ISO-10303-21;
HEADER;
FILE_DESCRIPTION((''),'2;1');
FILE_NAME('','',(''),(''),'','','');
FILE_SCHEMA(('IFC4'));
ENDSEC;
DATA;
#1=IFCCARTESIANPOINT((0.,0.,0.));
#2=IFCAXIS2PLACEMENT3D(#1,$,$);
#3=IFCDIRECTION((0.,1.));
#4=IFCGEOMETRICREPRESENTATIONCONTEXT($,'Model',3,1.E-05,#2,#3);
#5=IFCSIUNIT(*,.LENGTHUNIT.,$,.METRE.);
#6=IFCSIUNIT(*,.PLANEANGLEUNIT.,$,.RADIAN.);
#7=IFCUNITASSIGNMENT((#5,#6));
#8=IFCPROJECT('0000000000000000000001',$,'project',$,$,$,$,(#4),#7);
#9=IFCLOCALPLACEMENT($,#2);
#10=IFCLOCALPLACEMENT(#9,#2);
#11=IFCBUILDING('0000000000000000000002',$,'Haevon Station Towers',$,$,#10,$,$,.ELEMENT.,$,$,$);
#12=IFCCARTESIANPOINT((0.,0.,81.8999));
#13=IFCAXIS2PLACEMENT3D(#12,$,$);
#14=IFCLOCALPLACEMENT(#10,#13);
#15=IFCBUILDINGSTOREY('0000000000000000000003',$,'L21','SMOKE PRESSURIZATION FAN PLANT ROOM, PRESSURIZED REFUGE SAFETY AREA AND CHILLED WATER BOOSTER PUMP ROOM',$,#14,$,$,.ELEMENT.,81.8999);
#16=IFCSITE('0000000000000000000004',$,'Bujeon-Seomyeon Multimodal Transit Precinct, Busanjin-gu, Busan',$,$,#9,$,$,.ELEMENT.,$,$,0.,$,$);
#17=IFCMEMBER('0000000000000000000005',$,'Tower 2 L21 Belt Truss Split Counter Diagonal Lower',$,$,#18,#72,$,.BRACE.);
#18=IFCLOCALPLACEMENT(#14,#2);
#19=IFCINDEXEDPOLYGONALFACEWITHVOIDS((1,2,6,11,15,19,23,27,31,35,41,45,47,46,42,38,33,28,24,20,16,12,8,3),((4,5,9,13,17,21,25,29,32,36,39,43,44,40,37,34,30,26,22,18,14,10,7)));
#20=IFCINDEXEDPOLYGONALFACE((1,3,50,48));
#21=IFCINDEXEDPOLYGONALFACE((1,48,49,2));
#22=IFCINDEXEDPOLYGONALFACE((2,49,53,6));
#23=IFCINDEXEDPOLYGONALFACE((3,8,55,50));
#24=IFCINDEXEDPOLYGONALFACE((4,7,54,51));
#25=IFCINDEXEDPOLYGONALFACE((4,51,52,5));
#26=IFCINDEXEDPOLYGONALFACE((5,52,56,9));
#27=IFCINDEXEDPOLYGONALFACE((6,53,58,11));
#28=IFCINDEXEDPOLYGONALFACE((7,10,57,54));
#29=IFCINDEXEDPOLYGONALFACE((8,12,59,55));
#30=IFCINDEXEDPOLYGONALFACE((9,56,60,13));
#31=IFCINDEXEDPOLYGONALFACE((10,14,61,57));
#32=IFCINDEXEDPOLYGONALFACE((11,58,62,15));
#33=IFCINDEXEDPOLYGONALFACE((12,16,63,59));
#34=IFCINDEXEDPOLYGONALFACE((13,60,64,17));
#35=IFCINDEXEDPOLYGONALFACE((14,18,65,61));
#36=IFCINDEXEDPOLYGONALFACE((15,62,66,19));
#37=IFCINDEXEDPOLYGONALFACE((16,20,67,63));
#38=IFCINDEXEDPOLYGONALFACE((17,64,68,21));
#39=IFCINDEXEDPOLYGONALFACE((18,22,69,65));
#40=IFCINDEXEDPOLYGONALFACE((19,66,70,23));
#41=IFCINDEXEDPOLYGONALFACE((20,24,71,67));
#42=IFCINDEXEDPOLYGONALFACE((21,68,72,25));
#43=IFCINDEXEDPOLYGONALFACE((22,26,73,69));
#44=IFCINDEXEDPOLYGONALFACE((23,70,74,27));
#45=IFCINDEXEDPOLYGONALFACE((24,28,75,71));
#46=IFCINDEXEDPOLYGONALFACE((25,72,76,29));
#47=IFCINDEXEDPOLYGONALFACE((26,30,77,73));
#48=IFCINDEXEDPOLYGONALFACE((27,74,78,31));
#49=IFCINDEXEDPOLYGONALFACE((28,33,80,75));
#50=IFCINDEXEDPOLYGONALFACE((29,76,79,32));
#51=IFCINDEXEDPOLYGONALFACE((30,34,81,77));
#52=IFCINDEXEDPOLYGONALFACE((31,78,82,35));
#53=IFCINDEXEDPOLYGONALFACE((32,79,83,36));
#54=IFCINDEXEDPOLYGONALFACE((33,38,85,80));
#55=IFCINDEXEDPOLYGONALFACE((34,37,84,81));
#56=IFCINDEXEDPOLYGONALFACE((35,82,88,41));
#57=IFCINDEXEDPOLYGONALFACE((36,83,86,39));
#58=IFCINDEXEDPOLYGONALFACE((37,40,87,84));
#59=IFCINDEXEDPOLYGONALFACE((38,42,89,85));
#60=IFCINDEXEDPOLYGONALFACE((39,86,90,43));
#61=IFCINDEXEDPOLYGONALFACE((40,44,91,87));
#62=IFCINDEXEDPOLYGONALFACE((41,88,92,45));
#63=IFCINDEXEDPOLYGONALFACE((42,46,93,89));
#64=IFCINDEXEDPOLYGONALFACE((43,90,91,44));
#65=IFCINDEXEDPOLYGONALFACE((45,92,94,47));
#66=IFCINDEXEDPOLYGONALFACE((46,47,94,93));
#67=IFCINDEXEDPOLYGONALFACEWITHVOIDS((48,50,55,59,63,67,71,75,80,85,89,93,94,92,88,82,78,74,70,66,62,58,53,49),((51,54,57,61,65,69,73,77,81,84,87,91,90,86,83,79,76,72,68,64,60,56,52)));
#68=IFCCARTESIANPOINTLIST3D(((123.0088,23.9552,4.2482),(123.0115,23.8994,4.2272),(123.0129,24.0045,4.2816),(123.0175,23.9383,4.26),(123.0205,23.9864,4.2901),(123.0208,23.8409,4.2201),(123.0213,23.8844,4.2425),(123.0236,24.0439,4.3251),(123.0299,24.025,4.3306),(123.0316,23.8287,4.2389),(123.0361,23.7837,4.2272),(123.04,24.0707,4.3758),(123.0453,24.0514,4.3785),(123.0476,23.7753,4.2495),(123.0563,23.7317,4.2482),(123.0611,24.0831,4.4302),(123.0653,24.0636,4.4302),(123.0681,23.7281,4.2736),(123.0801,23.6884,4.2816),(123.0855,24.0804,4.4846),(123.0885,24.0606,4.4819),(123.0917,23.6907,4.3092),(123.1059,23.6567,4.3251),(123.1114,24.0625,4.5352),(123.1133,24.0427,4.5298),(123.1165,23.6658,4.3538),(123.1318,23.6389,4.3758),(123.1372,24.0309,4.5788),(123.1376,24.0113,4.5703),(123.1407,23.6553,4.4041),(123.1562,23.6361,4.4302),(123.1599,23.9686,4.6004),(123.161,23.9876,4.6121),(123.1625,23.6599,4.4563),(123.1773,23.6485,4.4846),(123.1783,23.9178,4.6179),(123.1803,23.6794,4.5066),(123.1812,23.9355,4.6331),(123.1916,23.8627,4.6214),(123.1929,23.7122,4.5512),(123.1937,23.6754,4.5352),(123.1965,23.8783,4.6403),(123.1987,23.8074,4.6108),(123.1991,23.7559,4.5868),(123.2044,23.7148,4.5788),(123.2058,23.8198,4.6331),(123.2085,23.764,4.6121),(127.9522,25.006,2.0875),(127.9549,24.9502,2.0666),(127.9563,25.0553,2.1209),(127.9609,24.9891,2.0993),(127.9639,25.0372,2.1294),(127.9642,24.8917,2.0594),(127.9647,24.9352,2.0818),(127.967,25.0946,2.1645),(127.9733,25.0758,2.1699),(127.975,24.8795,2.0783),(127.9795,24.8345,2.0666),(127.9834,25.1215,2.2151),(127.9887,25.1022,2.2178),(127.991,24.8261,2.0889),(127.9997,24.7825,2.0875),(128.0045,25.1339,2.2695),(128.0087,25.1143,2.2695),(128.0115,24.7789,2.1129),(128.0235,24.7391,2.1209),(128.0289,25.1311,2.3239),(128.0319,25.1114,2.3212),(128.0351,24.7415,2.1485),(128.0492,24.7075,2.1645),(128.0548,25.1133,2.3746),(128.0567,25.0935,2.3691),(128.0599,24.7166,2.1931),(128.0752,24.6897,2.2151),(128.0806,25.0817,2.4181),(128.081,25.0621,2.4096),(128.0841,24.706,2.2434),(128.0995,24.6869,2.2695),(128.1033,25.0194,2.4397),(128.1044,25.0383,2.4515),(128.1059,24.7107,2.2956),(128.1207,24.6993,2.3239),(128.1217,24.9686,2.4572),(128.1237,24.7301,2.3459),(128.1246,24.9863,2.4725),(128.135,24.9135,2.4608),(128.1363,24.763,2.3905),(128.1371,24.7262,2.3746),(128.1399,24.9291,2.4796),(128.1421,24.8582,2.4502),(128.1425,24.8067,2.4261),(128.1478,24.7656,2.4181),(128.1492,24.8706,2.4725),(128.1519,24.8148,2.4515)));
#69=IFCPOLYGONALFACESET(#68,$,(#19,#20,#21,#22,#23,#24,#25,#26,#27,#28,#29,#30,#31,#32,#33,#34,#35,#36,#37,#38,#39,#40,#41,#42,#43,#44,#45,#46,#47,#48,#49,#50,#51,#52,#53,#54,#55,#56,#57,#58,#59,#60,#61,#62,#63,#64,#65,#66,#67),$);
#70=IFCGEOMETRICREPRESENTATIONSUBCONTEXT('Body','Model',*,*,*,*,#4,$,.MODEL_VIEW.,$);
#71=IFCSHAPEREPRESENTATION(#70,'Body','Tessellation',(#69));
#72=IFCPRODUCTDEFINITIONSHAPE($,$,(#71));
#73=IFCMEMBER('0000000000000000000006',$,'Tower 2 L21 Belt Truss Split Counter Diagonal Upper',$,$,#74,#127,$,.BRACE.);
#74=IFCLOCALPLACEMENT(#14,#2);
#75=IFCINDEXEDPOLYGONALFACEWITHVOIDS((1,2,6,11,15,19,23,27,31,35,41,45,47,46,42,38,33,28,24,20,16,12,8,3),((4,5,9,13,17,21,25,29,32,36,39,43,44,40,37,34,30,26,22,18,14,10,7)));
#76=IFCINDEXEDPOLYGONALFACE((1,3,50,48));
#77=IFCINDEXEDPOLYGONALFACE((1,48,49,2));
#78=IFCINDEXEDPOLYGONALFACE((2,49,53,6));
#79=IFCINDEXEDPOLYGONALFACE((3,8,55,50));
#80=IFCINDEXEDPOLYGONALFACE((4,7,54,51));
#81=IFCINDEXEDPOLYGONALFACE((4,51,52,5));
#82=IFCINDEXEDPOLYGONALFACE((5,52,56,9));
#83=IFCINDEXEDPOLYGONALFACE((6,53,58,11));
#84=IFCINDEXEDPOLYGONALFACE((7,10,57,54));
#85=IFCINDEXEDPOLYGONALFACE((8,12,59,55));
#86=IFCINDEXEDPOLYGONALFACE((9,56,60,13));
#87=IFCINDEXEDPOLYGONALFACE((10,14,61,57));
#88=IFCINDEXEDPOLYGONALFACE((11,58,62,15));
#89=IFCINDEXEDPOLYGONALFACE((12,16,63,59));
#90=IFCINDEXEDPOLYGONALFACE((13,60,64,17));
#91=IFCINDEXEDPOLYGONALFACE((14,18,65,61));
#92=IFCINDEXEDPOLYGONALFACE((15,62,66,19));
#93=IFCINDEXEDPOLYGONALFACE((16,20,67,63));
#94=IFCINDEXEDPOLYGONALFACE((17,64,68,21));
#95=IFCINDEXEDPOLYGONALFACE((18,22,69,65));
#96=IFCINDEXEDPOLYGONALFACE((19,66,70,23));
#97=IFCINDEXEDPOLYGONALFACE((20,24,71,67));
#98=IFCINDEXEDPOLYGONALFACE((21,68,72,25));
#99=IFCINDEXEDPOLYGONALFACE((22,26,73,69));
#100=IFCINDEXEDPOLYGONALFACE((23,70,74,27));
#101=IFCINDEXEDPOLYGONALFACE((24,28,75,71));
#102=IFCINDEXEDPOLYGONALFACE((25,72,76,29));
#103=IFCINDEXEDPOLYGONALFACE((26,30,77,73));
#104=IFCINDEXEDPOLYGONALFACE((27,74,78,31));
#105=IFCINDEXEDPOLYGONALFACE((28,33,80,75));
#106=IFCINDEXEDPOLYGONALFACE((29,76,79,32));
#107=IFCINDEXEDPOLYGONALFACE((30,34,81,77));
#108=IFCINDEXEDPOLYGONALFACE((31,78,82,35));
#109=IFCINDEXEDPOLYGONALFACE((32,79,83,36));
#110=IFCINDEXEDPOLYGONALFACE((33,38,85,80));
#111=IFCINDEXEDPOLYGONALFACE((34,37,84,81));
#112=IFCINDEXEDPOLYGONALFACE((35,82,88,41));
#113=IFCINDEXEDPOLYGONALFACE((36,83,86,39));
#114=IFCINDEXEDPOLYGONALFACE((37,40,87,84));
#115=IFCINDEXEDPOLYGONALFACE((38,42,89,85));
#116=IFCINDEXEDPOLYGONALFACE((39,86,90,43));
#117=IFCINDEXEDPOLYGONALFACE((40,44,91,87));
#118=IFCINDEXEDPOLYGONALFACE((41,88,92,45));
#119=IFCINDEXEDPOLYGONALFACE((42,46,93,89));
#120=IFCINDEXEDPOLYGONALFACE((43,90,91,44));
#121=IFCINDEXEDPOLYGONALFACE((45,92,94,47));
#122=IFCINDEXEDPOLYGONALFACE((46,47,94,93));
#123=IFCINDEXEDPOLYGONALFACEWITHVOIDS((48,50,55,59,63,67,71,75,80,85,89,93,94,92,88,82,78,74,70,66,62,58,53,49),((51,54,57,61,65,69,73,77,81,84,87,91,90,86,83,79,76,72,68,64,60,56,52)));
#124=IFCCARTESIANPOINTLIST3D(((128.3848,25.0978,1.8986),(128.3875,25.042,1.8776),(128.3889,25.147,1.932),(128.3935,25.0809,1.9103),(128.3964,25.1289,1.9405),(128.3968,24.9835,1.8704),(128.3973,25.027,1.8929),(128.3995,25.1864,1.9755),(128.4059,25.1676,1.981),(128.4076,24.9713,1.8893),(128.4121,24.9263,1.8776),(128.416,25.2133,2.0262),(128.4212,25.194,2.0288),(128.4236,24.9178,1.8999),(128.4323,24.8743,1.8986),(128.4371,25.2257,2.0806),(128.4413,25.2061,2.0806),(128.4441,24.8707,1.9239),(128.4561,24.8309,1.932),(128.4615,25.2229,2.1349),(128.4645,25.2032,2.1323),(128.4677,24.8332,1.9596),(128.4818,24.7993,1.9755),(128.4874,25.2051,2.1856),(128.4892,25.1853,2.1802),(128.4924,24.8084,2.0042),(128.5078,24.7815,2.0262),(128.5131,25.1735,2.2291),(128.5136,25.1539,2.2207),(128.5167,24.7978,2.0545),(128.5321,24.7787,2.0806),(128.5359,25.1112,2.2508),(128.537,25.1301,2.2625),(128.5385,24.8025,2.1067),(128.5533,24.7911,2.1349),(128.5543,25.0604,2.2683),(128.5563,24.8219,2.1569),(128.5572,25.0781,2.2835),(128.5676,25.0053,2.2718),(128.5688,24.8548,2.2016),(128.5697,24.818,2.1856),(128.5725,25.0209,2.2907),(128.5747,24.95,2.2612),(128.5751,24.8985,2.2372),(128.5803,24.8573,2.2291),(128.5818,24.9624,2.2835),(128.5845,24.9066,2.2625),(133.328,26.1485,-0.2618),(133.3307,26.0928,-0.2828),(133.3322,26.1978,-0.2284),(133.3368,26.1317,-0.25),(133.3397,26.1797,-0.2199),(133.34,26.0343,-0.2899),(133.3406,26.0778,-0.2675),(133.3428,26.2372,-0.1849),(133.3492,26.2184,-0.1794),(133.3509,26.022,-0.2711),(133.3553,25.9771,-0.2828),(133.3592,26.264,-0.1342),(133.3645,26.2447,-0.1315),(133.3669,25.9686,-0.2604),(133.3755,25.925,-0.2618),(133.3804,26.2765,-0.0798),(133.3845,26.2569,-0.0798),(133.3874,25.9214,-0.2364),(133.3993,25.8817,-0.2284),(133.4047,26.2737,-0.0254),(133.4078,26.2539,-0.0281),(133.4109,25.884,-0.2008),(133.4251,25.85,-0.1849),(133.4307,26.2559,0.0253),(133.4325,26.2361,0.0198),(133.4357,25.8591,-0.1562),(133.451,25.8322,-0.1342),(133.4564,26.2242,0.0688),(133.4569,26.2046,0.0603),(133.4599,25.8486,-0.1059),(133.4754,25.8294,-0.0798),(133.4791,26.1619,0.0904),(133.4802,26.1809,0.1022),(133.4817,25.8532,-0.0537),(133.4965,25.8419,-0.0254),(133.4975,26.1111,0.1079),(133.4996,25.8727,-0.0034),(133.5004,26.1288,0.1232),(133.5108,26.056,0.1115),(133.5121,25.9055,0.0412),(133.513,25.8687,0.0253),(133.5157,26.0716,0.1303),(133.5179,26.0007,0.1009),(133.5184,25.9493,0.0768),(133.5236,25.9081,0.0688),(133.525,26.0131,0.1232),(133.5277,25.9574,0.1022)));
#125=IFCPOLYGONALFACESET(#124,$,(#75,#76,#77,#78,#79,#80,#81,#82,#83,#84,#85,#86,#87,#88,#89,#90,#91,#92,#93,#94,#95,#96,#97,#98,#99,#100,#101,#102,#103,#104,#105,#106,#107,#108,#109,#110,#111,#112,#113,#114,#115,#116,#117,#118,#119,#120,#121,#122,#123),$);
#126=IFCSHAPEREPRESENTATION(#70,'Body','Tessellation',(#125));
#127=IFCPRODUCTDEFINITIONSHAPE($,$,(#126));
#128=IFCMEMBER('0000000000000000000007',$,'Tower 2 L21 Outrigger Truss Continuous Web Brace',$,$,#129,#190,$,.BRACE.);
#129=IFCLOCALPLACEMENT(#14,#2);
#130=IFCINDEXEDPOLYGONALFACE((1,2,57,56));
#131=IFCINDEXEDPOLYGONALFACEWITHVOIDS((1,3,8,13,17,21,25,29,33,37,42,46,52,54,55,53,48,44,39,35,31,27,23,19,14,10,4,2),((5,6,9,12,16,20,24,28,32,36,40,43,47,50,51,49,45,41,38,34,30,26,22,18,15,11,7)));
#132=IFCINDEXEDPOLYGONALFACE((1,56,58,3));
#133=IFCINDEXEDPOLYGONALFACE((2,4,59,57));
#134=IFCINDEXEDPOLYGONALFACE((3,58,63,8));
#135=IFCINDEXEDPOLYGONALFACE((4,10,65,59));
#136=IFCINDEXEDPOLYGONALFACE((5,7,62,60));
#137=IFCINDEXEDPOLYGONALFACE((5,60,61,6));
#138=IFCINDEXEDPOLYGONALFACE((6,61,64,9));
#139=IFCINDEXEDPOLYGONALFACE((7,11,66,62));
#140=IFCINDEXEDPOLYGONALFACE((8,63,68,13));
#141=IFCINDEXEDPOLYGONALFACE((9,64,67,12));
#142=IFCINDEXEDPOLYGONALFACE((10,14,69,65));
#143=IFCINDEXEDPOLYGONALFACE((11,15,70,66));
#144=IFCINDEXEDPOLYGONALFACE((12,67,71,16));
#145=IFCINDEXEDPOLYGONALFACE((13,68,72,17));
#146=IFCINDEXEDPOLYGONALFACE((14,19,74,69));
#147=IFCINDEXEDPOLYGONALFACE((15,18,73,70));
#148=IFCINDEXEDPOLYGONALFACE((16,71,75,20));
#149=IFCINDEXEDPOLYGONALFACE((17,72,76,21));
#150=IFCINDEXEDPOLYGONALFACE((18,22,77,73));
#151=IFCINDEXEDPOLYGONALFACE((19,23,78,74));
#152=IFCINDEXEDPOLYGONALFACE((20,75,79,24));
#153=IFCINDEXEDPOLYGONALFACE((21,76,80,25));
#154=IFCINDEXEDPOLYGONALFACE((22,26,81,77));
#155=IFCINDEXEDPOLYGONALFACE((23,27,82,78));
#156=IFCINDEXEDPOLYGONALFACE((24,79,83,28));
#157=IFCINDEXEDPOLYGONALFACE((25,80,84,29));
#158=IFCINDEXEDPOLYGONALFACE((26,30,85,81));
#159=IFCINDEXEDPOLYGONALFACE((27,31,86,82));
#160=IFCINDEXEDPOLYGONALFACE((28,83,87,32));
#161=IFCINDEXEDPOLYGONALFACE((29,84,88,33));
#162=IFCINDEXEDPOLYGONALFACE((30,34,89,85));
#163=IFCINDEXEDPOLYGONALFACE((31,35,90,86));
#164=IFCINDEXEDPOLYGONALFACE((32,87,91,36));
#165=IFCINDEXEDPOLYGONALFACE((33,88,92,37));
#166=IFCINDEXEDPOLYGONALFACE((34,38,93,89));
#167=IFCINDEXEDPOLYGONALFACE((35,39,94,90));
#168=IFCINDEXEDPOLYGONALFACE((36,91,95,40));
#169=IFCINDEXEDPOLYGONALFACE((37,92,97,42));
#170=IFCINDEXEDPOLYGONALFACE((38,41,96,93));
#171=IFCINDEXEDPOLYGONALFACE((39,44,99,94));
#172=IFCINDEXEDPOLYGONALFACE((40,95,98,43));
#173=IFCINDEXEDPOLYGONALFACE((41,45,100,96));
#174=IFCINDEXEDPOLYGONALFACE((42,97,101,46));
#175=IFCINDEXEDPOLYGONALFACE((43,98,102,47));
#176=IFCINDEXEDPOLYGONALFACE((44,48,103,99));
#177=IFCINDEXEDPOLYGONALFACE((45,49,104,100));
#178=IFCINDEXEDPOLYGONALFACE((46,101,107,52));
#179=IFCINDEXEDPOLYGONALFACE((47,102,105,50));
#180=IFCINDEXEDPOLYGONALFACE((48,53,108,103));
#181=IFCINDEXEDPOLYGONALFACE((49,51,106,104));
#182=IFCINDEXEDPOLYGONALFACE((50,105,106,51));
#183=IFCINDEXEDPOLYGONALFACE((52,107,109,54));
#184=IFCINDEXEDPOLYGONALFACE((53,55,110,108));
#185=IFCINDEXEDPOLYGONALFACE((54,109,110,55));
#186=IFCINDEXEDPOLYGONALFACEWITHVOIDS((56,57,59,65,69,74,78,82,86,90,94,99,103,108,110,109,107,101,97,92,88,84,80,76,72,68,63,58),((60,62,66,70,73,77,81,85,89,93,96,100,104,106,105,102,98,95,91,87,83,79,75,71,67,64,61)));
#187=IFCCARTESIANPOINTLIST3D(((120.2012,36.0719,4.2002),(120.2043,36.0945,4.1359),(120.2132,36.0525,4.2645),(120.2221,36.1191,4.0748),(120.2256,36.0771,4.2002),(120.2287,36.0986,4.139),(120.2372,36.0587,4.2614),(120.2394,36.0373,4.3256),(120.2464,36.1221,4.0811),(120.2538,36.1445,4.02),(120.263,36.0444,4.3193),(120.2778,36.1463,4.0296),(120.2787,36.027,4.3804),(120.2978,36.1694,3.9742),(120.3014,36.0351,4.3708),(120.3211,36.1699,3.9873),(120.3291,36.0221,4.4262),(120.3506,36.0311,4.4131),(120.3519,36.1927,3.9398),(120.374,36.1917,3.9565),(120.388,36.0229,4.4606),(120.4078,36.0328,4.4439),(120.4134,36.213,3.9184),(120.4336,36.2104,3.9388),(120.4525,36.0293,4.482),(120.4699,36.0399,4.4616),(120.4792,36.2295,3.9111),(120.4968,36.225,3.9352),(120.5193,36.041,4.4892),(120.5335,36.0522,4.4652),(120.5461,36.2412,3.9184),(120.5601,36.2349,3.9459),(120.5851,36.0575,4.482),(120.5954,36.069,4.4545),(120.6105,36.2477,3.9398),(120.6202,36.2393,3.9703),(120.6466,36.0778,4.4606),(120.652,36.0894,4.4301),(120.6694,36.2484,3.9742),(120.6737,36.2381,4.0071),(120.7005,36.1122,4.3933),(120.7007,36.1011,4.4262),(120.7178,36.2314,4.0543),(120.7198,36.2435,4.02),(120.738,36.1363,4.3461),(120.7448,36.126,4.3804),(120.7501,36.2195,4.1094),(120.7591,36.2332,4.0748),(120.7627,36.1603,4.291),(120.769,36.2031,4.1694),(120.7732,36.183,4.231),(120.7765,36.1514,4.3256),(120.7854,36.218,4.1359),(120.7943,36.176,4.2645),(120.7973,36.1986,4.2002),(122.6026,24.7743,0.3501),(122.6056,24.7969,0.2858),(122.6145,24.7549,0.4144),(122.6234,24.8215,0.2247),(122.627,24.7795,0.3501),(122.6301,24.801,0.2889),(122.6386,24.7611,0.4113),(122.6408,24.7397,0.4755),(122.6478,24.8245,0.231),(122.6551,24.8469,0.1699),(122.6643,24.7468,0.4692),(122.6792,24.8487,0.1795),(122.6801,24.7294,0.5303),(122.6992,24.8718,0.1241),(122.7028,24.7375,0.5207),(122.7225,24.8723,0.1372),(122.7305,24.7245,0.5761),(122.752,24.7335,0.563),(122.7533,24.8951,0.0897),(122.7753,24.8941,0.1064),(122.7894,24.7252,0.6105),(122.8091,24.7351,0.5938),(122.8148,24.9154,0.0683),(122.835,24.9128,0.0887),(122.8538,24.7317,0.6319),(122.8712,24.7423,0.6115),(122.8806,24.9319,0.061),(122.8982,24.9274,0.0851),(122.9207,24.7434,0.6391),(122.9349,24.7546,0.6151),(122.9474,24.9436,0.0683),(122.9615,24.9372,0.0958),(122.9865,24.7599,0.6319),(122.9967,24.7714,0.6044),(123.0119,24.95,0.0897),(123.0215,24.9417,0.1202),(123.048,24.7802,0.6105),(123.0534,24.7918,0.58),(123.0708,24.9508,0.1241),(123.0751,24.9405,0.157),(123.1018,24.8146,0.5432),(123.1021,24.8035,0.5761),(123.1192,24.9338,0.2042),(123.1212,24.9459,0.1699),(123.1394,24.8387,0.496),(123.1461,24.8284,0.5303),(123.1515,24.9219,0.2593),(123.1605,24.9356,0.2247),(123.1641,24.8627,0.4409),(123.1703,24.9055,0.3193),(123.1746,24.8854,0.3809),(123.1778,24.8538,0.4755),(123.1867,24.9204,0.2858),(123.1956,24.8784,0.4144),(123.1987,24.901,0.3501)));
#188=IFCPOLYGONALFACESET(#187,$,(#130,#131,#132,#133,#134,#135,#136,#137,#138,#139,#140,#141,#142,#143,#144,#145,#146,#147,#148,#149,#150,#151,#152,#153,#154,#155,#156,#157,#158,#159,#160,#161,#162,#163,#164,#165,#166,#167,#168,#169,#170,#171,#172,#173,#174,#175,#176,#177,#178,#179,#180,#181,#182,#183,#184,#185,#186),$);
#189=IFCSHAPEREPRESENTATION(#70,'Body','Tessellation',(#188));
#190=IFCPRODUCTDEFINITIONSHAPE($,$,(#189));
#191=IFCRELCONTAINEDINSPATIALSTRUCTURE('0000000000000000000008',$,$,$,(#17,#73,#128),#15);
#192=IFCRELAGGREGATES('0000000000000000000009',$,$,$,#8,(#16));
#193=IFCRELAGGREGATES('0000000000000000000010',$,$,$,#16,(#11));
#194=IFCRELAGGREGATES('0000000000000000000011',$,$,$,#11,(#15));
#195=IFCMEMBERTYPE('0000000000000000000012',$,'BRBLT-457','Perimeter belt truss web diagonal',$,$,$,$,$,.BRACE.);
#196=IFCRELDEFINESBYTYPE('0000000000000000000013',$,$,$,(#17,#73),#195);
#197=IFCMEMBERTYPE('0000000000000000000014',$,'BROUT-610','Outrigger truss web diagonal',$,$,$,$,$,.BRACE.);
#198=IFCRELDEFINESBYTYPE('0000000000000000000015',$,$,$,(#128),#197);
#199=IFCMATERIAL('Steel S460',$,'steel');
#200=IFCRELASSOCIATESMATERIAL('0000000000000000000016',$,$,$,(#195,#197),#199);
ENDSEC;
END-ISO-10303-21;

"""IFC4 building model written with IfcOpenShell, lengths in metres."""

from ifc_helpers import new_model, si_unit, direction, frame, origin, origin_2d, place, context, subcontext, project, spatial, hollow_circle, extrude, material, material_profile, profile_set, type_object, element, save


model = new_model("IFC4")

# Units and contexts
model_context = context("Model", 3, precision=1e-05, world=origin(), true_north=direction((0.0, 1.0)))
body_context = subcontext(model_context, "Body", "Model", "MODEL_VIEW")
ifc_project = project(units=[si_unit("LENGTHUNIT", "METRE"), si_unit("PLANEANGLEUNIT", "RADIAN")], contexts=[model_context])

# Site, building, storey
site_placement = place(None, origin())
site = spatial("IfcSite", under=ifc_project, at=site_placement, Name="Bujeon-Seomyeon Multimodal Transit Precinct, Busanjin-gu, Busan", CompositionType="ELEMENT", RefElevation=0.0)
building_placement = place(site_placement, origin())
building = spatial("IfcBuilding", under=site, at=building_placement, Name="Haevon Station Towers", CompositionType="ELEMENT")
storey_placement = place(building_placement, frame((0.0, 0.0, 81.8999)))
storey = spatial("IfcBuildingStorey", under=building, at=storey_placement, Name="L21", Description="SMOKE PRESSURIZATION FAN PLANT ROOM, PRESSURIZED REFUGE SAFETY AREA AND CHILLED WATER BOOSTER PUMP ROOM", CompositionType="ELEMENT", Elevation=81.8999)

# Shared definitions
ifc_material_1 = material(Name="Steel S460", Category="steel")

# Members
ifc_material_profile_1 = material_profile(ifc_material_1, hollow_circle(Radius=0.2285, WallThickness=0.02, at=origin_2d()), Name="CHS-457x20")
ifc_profile_set_1 = profile_set([ifc_material_profile_1], Name="Steel S460")
member_type_1 = type_object("IfcMemberType", Name="BRBLT-457", Description="Perimeter belt truss web diagonal", PredefinedType="BRACE", material=ifc_profile_set_1)
member_1_placement = place(storey_placement, frame((123.1086, 23.8596, 4.4302), z_axis=(0.899397, 0.19118, -0.393109), x_axis=(-0.207919, 0.978146, 0.0)))
element("IfcMember", 1, at=member_1_placement, inside=storey, type_object=member_type_1, Name="Tower 2 L21 Belt Truss Split Counter Diagonal Lower", PredefinedType="BRACE", context=body_context, shape_type="SweptSolid", body=[
    extrude(hollow_circle(Radius=0.2285, WallThickness=0.02, at=origin_2d()), origin(), (0.0, 0.0, 1.0), 5.4963),
])
member_2_placement = place(storey_placement, frame((128.4846, 25.0022, 2.0806), z_axis=(0.899413, 0.191183, -0.393071), x_axis=(-0.207919, 0.978146, 0.0)))
element("IfcMember", 2, at=member_2_placement, inside=storey, type_object=member_type_1, Name="Tower 2 L21 Belt Truss Split Counter Diagonal Upper", PredefinedType="BRACE", context=body_context, shape_type="SweptSolid", body=[
    extrude(hollow_circle(Radius=0.2285, WallThickness=0.02, at=origin_2d()), origin(), (0.0, 0.0, 1.0), 5.4961),
])
ifc_material_profile_2 = material_profile(ifc_material_1, hollow_circle(Radius=0.3047, WallThickness=0.0249, at=origin_2d()), Name="CHS-609.6x25")
ifc_profile_set_2 = profile_set([ifc_material_profile_2], Name="Steel S460")
member_type_2 = type_object("IfcMemberType", Name="BROUT-610", Description="Outrigger truss web diagonal", PredefinedType="BRACE", material=ifc_profile_set_2)
member_3_placement = place(storey_placement, frame((122.9006, 24.8376, 0.3501), z_axis=(-0.197241, 0.92795, 0.316235), x_axis=(-0.978148, -0.207911, 0.0)))
element("IfcMember", 3, at=member_3_placement, inside=storey, type_object=member_type_2, Name="Tower 2 L21 Outrigger Truss Continuous Web Brace", PredefinedType="BRACE", context=body_context, shape_type="SweptSolid", body=[
    extrude(hollow_circle(Radius=0.3047, WallThickness=0.0249, at=origin_2d()), origin(), (0.0, 0.0, 1.0), 12.1748),
])

save(model, "model.ifc")
